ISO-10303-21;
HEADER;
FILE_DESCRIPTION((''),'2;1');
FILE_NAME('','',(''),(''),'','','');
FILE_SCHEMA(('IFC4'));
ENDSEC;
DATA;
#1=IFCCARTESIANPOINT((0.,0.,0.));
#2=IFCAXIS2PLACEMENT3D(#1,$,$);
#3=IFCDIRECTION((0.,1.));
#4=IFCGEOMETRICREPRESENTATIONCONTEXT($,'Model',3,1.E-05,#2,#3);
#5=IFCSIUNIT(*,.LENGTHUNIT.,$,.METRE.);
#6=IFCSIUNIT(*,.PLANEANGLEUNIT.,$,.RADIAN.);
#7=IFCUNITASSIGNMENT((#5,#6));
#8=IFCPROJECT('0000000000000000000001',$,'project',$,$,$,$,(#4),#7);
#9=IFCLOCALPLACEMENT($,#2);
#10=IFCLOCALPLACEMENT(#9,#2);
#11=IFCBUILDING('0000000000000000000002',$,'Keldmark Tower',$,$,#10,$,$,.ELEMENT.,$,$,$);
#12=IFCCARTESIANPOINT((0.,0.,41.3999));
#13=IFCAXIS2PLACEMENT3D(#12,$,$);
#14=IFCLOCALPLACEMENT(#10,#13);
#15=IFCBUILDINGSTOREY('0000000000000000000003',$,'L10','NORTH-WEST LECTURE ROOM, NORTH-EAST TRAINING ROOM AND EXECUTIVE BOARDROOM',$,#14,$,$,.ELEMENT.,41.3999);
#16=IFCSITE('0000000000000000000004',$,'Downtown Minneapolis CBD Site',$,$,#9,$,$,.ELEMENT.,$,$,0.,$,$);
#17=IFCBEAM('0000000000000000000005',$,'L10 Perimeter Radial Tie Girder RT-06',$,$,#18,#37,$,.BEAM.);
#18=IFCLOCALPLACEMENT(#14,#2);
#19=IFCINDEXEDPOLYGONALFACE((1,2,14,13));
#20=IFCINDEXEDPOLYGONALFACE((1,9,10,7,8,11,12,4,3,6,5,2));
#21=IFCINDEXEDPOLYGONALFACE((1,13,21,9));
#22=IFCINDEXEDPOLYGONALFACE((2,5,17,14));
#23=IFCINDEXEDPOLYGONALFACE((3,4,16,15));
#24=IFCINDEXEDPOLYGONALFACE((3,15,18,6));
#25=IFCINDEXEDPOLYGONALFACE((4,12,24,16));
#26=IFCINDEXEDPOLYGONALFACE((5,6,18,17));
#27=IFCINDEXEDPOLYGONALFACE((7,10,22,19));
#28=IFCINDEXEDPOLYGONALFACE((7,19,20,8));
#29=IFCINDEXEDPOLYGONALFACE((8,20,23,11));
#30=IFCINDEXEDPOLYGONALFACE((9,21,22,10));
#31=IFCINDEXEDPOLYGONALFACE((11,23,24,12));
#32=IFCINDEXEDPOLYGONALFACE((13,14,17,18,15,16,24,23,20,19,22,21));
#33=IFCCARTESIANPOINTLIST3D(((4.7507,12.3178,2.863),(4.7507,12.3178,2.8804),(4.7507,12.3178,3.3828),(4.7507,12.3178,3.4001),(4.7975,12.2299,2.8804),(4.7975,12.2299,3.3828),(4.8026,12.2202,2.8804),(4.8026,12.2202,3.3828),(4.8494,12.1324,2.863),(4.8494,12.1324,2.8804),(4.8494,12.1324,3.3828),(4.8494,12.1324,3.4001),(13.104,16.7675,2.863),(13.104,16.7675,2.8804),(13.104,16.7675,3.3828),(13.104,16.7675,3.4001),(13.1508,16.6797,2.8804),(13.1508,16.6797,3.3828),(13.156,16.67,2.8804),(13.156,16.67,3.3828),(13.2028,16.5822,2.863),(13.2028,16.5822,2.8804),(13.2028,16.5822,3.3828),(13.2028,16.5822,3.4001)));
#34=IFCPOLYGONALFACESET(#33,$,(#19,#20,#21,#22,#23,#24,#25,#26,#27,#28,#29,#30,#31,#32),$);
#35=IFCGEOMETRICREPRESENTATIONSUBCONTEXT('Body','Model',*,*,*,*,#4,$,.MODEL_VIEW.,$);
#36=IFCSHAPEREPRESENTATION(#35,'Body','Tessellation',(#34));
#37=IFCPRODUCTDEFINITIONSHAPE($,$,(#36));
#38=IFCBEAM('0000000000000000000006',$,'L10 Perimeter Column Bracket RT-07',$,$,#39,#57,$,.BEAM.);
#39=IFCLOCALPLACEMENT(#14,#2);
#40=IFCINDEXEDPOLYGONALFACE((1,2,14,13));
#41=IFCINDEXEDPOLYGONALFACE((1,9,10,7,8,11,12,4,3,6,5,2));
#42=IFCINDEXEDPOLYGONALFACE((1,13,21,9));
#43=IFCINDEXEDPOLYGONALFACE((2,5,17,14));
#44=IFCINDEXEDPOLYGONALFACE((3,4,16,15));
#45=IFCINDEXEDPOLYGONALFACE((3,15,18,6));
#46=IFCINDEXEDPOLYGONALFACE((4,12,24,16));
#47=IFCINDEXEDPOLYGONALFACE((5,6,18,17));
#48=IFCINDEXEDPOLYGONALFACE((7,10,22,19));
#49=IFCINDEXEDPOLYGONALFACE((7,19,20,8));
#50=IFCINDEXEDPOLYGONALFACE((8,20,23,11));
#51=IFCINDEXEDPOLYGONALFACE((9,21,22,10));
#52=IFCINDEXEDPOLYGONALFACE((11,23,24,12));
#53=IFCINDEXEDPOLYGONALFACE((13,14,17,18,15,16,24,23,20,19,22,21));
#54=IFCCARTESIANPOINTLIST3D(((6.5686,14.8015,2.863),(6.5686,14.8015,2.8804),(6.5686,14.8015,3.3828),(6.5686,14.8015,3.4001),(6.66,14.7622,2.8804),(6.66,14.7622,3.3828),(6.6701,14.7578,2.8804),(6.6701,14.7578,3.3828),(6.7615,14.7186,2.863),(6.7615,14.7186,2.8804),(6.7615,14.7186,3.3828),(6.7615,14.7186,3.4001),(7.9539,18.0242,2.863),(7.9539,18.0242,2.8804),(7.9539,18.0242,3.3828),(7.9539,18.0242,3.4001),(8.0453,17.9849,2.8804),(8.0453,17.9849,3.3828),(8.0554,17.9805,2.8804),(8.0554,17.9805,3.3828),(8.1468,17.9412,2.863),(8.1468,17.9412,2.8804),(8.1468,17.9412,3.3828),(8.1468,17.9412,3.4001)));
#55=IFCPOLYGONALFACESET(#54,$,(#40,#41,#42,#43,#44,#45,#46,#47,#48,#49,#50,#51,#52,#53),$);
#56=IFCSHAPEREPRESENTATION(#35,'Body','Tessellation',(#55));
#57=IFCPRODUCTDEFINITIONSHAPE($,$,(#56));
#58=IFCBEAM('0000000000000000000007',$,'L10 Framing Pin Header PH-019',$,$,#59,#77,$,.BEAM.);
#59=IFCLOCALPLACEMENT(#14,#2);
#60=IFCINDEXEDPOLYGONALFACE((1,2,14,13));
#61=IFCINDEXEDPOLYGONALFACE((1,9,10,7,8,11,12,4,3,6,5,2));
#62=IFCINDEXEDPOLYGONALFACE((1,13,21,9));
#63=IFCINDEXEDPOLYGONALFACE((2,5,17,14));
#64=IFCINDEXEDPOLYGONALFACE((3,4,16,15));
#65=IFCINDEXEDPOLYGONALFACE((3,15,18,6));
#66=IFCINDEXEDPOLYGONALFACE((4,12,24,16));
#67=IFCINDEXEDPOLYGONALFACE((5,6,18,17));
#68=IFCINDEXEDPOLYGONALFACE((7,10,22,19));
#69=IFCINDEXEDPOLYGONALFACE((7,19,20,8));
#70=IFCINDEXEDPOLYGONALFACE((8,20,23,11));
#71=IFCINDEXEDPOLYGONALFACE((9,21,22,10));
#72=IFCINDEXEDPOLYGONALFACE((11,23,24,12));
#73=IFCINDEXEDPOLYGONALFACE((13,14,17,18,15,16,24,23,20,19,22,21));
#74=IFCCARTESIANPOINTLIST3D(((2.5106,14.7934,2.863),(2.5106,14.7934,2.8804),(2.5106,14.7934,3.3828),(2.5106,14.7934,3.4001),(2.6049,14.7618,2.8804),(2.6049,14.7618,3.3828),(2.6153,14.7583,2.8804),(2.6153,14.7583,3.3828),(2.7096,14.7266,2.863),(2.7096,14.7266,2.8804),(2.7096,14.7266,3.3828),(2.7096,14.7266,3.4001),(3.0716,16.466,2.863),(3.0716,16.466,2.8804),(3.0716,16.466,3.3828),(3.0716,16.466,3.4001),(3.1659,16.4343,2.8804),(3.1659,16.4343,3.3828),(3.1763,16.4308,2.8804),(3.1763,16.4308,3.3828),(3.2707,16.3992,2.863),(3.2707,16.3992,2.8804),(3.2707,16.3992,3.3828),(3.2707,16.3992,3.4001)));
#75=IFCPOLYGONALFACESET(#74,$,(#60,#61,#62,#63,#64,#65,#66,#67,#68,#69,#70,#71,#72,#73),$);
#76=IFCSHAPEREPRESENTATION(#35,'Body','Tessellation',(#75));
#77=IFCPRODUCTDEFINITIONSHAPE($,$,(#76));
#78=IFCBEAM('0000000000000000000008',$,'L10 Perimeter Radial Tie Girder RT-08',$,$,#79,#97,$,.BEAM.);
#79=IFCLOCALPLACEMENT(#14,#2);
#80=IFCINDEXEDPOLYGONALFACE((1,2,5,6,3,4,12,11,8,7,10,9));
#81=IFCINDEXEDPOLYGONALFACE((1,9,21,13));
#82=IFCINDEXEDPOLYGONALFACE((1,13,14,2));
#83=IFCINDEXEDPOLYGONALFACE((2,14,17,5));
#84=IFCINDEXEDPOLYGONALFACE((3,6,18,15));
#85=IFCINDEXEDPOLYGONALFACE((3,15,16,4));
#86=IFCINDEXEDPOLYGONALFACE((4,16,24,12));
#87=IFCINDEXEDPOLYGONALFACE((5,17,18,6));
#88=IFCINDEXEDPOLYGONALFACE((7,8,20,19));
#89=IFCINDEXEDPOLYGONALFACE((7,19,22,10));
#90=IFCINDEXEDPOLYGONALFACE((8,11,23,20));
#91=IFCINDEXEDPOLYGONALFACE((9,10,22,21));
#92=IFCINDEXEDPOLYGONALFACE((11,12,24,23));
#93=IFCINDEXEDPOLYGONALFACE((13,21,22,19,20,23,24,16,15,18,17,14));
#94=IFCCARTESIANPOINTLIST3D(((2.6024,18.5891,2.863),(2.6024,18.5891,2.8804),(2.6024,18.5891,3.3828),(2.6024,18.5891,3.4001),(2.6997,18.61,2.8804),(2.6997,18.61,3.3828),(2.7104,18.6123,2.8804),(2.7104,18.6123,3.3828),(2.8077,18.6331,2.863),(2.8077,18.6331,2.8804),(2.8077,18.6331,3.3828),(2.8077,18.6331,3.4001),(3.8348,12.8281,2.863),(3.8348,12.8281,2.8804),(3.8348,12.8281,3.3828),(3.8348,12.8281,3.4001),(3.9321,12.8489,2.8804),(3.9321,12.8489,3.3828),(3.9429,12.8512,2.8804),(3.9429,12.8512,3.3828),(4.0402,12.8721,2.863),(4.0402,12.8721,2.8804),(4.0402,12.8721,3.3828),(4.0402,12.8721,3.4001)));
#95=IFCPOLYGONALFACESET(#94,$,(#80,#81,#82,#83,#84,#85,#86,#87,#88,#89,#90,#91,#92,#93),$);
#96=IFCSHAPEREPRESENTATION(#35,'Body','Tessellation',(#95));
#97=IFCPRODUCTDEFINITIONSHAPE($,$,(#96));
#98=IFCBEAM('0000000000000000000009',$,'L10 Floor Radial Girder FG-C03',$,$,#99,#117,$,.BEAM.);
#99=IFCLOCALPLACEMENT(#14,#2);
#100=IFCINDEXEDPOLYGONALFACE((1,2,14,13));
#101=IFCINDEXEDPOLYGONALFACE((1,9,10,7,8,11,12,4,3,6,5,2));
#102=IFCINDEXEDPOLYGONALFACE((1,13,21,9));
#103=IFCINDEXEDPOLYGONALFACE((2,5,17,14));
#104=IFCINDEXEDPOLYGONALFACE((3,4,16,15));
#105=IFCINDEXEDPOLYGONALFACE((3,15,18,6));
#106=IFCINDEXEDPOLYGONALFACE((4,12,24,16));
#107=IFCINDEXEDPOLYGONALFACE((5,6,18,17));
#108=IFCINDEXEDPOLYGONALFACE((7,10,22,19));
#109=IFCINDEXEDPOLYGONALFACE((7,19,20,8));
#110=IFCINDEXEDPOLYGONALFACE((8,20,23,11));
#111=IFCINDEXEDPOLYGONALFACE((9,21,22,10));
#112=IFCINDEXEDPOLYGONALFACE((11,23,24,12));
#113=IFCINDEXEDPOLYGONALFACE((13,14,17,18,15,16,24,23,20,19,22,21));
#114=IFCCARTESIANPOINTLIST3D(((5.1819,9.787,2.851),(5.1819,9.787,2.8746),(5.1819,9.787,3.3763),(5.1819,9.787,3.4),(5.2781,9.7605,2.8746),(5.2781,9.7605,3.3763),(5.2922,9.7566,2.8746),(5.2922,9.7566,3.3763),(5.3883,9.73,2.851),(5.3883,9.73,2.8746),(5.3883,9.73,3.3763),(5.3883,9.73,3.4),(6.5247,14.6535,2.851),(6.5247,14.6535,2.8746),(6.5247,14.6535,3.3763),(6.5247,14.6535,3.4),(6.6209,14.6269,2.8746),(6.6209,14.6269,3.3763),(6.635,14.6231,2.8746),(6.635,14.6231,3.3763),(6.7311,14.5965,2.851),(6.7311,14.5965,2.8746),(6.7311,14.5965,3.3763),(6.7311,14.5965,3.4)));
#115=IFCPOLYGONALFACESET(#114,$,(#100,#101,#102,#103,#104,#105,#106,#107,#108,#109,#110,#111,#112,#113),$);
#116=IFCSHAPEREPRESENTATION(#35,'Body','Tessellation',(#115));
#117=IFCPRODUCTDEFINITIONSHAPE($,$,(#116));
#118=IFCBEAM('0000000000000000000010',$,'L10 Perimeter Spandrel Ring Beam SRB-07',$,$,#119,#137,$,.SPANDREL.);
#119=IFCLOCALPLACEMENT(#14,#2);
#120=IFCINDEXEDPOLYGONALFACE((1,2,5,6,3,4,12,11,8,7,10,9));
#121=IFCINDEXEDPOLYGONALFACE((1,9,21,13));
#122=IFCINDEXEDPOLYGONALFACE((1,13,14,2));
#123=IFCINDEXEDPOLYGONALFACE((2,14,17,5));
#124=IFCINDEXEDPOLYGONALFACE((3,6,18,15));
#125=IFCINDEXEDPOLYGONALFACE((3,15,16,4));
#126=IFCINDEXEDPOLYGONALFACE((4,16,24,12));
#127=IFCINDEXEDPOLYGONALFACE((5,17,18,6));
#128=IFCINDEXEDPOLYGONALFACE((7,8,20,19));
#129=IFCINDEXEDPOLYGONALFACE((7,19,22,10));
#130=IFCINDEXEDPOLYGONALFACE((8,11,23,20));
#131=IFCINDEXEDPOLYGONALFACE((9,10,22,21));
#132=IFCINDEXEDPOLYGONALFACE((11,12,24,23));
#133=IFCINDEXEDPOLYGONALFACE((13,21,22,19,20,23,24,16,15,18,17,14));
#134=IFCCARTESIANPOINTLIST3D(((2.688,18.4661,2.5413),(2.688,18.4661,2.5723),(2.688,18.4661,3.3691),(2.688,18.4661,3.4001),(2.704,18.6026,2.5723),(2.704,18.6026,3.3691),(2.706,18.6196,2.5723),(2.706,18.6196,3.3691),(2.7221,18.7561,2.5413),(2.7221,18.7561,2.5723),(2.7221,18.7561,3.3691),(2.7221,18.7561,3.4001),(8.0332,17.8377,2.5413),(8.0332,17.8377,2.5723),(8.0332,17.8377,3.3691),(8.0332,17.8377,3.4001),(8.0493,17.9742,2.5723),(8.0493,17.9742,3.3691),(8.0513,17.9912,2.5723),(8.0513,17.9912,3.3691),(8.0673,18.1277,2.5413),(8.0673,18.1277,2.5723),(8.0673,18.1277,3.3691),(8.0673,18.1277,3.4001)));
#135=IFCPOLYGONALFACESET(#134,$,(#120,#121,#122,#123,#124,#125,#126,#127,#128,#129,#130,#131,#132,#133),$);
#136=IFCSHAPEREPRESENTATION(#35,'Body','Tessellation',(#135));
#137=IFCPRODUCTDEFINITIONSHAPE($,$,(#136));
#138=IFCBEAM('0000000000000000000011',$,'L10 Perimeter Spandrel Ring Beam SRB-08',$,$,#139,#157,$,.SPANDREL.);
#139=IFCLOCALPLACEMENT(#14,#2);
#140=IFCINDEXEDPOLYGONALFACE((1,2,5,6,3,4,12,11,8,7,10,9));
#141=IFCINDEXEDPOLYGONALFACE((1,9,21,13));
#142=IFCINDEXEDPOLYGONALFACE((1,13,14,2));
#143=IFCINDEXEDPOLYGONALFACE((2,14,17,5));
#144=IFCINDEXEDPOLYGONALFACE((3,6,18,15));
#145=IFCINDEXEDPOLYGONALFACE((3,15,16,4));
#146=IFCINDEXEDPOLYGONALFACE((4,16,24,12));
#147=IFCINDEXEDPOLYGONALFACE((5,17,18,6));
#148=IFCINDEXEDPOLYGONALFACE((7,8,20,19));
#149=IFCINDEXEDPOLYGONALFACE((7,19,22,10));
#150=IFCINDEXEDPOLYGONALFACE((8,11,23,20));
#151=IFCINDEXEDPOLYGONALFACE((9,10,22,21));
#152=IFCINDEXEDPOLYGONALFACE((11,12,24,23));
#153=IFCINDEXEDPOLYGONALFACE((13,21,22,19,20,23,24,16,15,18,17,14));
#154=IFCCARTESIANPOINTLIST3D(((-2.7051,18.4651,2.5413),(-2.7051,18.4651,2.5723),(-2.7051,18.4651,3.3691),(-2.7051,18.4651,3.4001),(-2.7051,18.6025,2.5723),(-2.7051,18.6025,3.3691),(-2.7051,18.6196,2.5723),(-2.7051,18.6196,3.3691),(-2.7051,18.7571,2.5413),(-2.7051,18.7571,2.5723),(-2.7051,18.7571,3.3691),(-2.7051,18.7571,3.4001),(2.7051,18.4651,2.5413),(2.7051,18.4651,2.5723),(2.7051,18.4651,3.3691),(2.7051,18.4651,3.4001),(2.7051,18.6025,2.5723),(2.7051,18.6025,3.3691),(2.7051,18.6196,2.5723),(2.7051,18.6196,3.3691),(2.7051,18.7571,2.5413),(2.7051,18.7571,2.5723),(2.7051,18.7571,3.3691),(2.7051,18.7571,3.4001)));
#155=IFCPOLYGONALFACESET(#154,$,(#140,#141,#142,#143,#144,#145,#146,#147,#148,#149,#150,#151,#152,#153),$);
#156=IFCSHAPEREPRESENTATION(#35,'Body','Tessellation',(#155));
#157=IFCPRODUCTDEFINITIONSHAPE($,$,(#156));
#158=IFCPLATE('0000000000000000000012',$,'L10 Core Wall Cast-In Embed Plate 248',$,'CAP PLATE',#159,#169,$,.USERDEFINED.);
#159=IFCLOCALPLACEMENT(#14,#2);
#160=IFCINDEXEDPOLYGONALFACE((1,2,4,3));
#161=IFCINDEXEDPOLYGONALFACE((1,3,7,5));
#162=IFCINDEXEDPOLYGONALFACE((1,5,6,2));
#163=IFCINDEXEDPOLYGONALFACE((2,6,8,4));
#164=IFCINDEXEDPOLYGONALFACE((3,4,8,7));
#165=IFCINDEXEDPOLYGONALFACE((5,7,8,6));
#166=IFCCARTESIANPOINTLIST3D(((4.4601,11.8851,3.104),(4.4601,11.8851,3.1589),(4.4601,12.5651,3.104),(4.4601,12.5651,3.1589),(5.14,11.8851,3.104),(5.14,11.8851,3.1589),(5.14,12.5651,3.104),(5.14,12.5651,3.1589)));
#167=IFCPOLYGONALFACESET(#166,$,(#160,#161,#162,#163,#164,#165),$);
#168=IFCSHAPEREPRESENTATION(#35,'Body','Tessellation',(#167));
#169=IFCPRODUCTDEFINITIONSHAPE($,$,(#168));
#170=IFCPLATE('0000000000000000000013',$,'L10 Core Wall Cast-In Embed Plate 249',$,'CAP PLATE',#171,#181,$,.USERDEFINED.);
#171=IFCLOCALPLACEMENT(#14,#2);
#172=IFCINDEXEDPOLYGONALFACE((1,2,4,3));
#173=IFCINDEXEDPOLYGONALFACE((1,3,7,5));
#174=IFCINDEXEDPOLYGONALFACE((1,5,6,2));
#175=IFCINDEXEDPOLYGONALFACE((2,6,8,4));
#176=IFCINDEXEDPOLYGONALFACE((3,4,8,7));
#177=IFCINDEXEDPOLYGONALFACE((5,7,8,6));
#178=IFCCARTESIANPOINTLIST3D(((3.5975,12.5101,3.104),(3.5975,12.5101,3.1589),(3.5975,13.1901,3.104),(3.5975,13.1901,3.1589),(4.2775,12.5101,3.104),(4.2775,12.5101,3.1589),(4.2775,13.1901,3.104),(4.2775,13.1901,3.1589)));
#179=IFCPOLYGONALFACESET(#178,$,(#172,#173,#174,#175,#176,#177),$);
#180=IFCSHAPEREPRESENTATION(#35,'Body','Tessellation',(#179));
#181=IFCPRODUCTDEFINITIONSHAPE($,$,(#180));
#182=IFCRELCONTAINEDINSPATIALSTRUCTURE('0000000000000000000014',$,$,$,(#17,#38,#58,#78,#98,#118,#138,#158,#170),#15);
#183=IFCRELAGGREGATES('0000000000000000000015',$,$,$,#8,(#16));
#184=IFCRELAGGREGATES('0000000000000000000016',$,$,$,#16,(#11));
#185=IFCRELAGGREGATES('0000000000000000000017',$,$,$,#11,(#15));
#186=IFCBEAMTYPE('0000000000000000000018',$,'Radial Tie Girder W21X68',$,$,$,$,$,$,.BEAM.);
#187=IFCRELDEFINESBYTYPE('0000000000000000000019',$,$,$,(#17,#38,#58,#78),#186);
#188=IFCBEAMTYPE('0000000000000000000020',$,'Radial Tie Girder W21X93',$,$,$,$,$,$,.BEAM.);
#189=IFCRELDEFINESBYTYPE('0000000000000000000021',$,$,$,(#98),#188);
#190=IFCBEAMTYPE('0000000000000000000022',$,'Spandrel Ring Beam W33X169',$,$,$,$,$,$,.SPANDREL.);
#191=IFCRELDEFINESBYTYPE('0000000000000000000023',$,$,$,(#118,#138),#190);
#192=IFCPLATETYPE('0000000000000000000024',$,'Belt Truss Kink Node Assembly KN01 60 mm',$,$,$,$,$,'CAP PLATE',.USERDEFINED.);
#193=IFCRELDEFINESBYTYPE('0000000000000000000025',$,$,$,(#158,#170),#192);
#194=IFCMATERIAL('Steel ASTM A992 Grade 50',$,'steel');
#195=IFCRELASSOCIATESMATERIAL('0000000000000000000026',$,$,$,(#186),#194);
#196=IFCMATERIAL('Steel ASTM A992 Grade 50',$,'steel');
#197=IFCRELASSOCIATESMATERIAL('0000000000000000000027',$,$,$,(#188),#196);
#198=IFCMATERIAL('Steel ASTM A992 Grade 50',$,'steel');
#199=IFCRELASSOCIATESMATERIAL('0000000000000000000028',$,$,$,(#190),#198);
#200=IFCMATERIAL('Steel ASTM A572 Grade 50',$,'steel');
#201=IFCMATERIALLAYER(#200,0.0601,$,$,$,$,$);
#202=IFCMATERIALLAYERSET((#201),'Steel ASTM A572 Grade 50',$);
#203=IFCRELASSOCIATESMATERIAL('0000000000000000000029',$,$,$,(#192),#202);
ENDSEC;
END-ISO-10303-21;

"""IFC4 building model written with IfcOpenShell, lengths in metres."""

from ifc_helpers import new_model, si_unit, direction, frame, origin, origin_2d, place, context, subcontext, project, spatial, rectangle, i_section, extrude, material, layer, layer_set, material_profile, profile_set, type_object, element, save


model = new_model("IFC4")

# Units and contexts
model_context = context("Model", 3, precision=1e-05, world=origin(), true_north=direction((0.0, 1.0)))
body_context = subcontext(model_context, "Body", "Model", "MODEL_VIEW")
ifc_project = project(units=[si_unit("LENGTHUNIT", "METRE"), si_unit("PLANEANGLEUNIT", "RADIAN")], contexts=[model_context])

# Site, building, storey
site_placement = place(None, origin())
site = spatial("IfcSite", under=ifc_project, at=site_placement, Name="Downtown Minneapolis CBD Site", CompositionType="ELEMENT", RefElevation=0.0)
building_placement = place(site_placement, origin())
building = spatial("IfcBuilding", under=site, at=building_placement, Name="Keldmark Tower", CompositionType="ELEMENT")
storey_placement = place(building_placement, frame((0.0, 0.0, 41.3999)))
storey = spatial("IfcBuildingStorey", under=building, at=storey_placement, Name="L10", Description="NORTH-WEST LECTURE ROOM, NORTH-EAST TRAINING ROOM AND EXECUTIVE BOARDROOM", CompositionType="ELEMENT", Elevation=41.3999)

# Beams
ifc_material_1 = material(Name="Steel ASTM A992 Grade 50", Category="steel")
ifc_material_profile_1 = material_profile(ifc_material_1, i_section(OverallWidth=0.21, OverallDepth=0.5371, WebThickness=0.011, FlangeThickness=0.0173, at=origin_2d()), Name="W21X68")
ifc_profile_set_1 = profile_set([ifc_material_profile_1], Name="Steel ASTM A992 Grade 50")
beam_type_1 = type_object("IfcBeamType", Name="Radial Tie Girder W21X68", PredefinedType="BEAM", material=ifc_profile_set_1)
beam_1_placement = place(storey_placement, frame((4.8, 12.2251, 3.1316), z_axis=(0.882588, 0.470146, 0.0), x_axis=(-0.470146, 0.882588, 0.0)))
element("IfcBeam", 1, at=beam_1_placement, inside=storey, type_object=beam_type_1, Name="L10 Perimeter Radial Tie Girder RT-06", PredefinedType="BEAM", context=body_context, shape_type="SweptSolid", body=[
    extrude(i_section(OverallWidth=0.21, OverallDepth=0.5371, WebThickness=0.011, FlangeThickness=0.0173, at=origin_2d()), origin(), (0.0, 0.0, 1.0), 9.4646),
])
beam_2_placement = place(storey_placement, frame((6.665, 14.76, 3.1316), z_axis=(0.39491, 0.91872, 0.0), x_axis=(-0.91872, 0.39491, 0.0)))
element("IfcBeam", 2, at=beam_2_placement, inside=storey, type_object=beam_type_1, Name="L10 Perimeter Column Bracket RT-07", PredefinedType="BEAM", context=body_context, shape_type="SweptSolid", body=[
    extrude(i_section(OverallWidth=0.21, OverallDepth=0.5371, WebThickness=0.011, FlangeThickness=0.0173, at=origin_2d()), origin(), (0.0, 0.0, 1.0), 3.5078),
])
beam_3_placement = place(storey_placement, frame((2.6101, 14.76, 3.1316), z_axis=(0.318012, 0.948087, 0.0), x_axis=(-0.948087, 0.318012, 0.0)))
element("IfcBeam", 3, at=beam_3_placement, inside=storey, type_object=beam_type_1, Name="L10 Framing Pin Header PH-019", PredefinedType="BEAM", context=body_context, shape_type="SweptSolid", body=[
    extrude(i_section(OverallWidth=0.21, OverallDepth=0.5371, WebThickness=0.011, FlangeThickness=0.0173, at=origin_2d()), origin(), (0.0, 0.0, 1.0), 1.7642),
])
beam_4_placement = place(storey_placement, frame((3.9375, 12.8501, 3.1316), z_axis=(-0.209192, 0.977875, 0.0), x_axis=(-0.977875, -0.209192, 0.0)))
element("IfcBeam", 4, at=beam_4_placement, inside=storey, type_object=beam_type_1, Name="L10 Perimeter Radial Tie Girder RT-08", PredefinedType="BEAM", context=body_context, shape_type="SweptSolid", body=[
    extrude(i_section(OverallWidth=0.21, OverallDepth=0.5371, WebThickness=0.011, FlangeThickness=0.0173, at=origin_2d()), origin(), (0.0, 0.0, 1.0), 5.8914),
])
ifc_material_2 = material(Name="Steel ASTM A992 Grade 50", Category="steel")
ifc_material_profile_2 = material_profile(ifc_material_2, i_section(OverallWidth=0.2141, OverallDepth=0.5491, WebThickness=0.0146, FlangeThickness=0.0237, at=origin_2d()), Name="W21X93")
ifc_profile_set_2 = profile_set([ifc_material_profile_2], Name="Steel ASTM A992 Grade 50")
beam_type_2 = type_object("IfcBeamType", Name="Radial Tie Girder W21X93", PredefinedType="BEAM", material=ifc_profile_set_2)
beam_5_placement = place(storey_placement, frame((6.6279, 14.625, 3.1255), z_axis=(-0.265985, -0.963977, 0.0), x_axis=(0.963977, -0.265985, 0.0)))
element("IfcBeam", 5, at=beam_5_placement, inside=storey, type_object=beam_type_2, Name="L10 Floor Radial Girder FG-C03", PredefinedType="BEAM", context=body_context, shape_type="SweptSolid", body=[
    extrude(i_section(OverallWidth=0.2141, OverallDepth=0.5491, WebThickness=0.0146, FlangeThickness=0.0237, at=origin_2d()), origin(), (0.0, 0.0, 1.0), 5.0483),
])
ifc_material_3 = material(Name="Steel ASTM A992 Grade 50", Category="steel")
ifc_material_profile_3 = material_profile(ifc_material_3, i_section(OverallWidth=0.292, OverallDepth=0.8589, WebThickness=0.0171, FlangeThickness=0.031, at=origin_2d()), Name="W33X169")
ifc_profile_set_3 = profile_set([ifc_material_profile_3], Name="Steel ASTM A992 Grade 50")
beam_type_3 = type_object("IfcBeamType", Name="Spandrel Ring Beam W33X169", PredefinedType="SPANDREL", material=ifc_profile_set_3)
beam_6_placement = place(storey_placement, frame((8.0503, 17.9827, 2.9707), z_axis=(-0.99316, 0.116762, 0.0), x_axis=(-0.116762, -0.99316, 0.0)))
element("IfcBeam", 6, at=beam_6_placement, inside=storey, type_object=beam_type_3, Name="L10 Perimeter Spandrel Ring Beam SRB-07", PredefinedType="SPANDREL", context=body_context, shape_type="SweptSolid", body=[
    extrude(i_section(OverallWidth=0.292, OverallDepth=0.8589, WebThickness=0.0171, FlangeThickness=0.031, at=origin_2d()), origin(), (0.0, 0.0, 1.0), 5.3821),
])
beam_7_placement = place(storey_placement, frame((2.7051, 18.6111, 2.9707), z_axis=(-1.0, 0.0, 0.0), x_axis=(0.0, -1.0, 0.0)))
element("IfcBeam", 7, at=beam_7_placement, inside=storey, type_object=beam_type_3, Name="L10 Perimeter Spandrel Ring Beam SRB-08", PredefinedType="SPANDREL", context=body_context, shape_type="SweptSolid", body=[
    extrude(i_section(OverallWidth=0.292, OverallDepth=0.8589, WebThickness=0.0171, FlangeThickness=0.031, at=origin_2d()), origin(), (0.0, 0.0, 1.0), 5.4102),
])

# Plates
ifc_material_4 = material(Name="Steel ASTM A572 Grade 50", Category="steel")
ifc_layer_1 = layer(ifc_material_4, 0.0601)
ifc_layer_set_1 = layer_set([ifc_layer_1], Name="Steel ASTM A572 Grade 50")
plate_type_1 = type_object("IfcPlateType", Name="Belt Truss Kink Node Assembly KN01 60 mm", ElementType="CAP PLATE", PredefinedType="USERDEFINED", material=ifc_layer_set_1)
for number, where, z_axis, x_axis, name in (
    (8, (4.8, 12.2251, 3.104), (0.0, 0.0, 1.0), (1.0, 0.0, 0.0), "L10 Core Wall Cast-In Embed Plate 248"),
    (9, (3.9375, 12.8501, 3.104), (0.0, 0.0, 1.0), (1.0, 0.0, 0.0), "L10 Core Wall Cast-In Embed Plate 249"),
):
    element("IfcPlate", number, at=place(storey_placement, frame(where, z_axis=z_axis, x_axis=x_axis)), inside=storey, type_object=plate_type_1, Name=name, ObjectType="CAP PLATE", PredefinedType="USERDEFINED", context=body_context, shape_type="SweptSolid", body=[
        extrude(rectangle(XDim=0.6799, YDim=0.6799, at=origin_2d()), origin(), (0.0, 0.0, 1.0), 0.0549),
    ])

save(model, "model.ifc")
